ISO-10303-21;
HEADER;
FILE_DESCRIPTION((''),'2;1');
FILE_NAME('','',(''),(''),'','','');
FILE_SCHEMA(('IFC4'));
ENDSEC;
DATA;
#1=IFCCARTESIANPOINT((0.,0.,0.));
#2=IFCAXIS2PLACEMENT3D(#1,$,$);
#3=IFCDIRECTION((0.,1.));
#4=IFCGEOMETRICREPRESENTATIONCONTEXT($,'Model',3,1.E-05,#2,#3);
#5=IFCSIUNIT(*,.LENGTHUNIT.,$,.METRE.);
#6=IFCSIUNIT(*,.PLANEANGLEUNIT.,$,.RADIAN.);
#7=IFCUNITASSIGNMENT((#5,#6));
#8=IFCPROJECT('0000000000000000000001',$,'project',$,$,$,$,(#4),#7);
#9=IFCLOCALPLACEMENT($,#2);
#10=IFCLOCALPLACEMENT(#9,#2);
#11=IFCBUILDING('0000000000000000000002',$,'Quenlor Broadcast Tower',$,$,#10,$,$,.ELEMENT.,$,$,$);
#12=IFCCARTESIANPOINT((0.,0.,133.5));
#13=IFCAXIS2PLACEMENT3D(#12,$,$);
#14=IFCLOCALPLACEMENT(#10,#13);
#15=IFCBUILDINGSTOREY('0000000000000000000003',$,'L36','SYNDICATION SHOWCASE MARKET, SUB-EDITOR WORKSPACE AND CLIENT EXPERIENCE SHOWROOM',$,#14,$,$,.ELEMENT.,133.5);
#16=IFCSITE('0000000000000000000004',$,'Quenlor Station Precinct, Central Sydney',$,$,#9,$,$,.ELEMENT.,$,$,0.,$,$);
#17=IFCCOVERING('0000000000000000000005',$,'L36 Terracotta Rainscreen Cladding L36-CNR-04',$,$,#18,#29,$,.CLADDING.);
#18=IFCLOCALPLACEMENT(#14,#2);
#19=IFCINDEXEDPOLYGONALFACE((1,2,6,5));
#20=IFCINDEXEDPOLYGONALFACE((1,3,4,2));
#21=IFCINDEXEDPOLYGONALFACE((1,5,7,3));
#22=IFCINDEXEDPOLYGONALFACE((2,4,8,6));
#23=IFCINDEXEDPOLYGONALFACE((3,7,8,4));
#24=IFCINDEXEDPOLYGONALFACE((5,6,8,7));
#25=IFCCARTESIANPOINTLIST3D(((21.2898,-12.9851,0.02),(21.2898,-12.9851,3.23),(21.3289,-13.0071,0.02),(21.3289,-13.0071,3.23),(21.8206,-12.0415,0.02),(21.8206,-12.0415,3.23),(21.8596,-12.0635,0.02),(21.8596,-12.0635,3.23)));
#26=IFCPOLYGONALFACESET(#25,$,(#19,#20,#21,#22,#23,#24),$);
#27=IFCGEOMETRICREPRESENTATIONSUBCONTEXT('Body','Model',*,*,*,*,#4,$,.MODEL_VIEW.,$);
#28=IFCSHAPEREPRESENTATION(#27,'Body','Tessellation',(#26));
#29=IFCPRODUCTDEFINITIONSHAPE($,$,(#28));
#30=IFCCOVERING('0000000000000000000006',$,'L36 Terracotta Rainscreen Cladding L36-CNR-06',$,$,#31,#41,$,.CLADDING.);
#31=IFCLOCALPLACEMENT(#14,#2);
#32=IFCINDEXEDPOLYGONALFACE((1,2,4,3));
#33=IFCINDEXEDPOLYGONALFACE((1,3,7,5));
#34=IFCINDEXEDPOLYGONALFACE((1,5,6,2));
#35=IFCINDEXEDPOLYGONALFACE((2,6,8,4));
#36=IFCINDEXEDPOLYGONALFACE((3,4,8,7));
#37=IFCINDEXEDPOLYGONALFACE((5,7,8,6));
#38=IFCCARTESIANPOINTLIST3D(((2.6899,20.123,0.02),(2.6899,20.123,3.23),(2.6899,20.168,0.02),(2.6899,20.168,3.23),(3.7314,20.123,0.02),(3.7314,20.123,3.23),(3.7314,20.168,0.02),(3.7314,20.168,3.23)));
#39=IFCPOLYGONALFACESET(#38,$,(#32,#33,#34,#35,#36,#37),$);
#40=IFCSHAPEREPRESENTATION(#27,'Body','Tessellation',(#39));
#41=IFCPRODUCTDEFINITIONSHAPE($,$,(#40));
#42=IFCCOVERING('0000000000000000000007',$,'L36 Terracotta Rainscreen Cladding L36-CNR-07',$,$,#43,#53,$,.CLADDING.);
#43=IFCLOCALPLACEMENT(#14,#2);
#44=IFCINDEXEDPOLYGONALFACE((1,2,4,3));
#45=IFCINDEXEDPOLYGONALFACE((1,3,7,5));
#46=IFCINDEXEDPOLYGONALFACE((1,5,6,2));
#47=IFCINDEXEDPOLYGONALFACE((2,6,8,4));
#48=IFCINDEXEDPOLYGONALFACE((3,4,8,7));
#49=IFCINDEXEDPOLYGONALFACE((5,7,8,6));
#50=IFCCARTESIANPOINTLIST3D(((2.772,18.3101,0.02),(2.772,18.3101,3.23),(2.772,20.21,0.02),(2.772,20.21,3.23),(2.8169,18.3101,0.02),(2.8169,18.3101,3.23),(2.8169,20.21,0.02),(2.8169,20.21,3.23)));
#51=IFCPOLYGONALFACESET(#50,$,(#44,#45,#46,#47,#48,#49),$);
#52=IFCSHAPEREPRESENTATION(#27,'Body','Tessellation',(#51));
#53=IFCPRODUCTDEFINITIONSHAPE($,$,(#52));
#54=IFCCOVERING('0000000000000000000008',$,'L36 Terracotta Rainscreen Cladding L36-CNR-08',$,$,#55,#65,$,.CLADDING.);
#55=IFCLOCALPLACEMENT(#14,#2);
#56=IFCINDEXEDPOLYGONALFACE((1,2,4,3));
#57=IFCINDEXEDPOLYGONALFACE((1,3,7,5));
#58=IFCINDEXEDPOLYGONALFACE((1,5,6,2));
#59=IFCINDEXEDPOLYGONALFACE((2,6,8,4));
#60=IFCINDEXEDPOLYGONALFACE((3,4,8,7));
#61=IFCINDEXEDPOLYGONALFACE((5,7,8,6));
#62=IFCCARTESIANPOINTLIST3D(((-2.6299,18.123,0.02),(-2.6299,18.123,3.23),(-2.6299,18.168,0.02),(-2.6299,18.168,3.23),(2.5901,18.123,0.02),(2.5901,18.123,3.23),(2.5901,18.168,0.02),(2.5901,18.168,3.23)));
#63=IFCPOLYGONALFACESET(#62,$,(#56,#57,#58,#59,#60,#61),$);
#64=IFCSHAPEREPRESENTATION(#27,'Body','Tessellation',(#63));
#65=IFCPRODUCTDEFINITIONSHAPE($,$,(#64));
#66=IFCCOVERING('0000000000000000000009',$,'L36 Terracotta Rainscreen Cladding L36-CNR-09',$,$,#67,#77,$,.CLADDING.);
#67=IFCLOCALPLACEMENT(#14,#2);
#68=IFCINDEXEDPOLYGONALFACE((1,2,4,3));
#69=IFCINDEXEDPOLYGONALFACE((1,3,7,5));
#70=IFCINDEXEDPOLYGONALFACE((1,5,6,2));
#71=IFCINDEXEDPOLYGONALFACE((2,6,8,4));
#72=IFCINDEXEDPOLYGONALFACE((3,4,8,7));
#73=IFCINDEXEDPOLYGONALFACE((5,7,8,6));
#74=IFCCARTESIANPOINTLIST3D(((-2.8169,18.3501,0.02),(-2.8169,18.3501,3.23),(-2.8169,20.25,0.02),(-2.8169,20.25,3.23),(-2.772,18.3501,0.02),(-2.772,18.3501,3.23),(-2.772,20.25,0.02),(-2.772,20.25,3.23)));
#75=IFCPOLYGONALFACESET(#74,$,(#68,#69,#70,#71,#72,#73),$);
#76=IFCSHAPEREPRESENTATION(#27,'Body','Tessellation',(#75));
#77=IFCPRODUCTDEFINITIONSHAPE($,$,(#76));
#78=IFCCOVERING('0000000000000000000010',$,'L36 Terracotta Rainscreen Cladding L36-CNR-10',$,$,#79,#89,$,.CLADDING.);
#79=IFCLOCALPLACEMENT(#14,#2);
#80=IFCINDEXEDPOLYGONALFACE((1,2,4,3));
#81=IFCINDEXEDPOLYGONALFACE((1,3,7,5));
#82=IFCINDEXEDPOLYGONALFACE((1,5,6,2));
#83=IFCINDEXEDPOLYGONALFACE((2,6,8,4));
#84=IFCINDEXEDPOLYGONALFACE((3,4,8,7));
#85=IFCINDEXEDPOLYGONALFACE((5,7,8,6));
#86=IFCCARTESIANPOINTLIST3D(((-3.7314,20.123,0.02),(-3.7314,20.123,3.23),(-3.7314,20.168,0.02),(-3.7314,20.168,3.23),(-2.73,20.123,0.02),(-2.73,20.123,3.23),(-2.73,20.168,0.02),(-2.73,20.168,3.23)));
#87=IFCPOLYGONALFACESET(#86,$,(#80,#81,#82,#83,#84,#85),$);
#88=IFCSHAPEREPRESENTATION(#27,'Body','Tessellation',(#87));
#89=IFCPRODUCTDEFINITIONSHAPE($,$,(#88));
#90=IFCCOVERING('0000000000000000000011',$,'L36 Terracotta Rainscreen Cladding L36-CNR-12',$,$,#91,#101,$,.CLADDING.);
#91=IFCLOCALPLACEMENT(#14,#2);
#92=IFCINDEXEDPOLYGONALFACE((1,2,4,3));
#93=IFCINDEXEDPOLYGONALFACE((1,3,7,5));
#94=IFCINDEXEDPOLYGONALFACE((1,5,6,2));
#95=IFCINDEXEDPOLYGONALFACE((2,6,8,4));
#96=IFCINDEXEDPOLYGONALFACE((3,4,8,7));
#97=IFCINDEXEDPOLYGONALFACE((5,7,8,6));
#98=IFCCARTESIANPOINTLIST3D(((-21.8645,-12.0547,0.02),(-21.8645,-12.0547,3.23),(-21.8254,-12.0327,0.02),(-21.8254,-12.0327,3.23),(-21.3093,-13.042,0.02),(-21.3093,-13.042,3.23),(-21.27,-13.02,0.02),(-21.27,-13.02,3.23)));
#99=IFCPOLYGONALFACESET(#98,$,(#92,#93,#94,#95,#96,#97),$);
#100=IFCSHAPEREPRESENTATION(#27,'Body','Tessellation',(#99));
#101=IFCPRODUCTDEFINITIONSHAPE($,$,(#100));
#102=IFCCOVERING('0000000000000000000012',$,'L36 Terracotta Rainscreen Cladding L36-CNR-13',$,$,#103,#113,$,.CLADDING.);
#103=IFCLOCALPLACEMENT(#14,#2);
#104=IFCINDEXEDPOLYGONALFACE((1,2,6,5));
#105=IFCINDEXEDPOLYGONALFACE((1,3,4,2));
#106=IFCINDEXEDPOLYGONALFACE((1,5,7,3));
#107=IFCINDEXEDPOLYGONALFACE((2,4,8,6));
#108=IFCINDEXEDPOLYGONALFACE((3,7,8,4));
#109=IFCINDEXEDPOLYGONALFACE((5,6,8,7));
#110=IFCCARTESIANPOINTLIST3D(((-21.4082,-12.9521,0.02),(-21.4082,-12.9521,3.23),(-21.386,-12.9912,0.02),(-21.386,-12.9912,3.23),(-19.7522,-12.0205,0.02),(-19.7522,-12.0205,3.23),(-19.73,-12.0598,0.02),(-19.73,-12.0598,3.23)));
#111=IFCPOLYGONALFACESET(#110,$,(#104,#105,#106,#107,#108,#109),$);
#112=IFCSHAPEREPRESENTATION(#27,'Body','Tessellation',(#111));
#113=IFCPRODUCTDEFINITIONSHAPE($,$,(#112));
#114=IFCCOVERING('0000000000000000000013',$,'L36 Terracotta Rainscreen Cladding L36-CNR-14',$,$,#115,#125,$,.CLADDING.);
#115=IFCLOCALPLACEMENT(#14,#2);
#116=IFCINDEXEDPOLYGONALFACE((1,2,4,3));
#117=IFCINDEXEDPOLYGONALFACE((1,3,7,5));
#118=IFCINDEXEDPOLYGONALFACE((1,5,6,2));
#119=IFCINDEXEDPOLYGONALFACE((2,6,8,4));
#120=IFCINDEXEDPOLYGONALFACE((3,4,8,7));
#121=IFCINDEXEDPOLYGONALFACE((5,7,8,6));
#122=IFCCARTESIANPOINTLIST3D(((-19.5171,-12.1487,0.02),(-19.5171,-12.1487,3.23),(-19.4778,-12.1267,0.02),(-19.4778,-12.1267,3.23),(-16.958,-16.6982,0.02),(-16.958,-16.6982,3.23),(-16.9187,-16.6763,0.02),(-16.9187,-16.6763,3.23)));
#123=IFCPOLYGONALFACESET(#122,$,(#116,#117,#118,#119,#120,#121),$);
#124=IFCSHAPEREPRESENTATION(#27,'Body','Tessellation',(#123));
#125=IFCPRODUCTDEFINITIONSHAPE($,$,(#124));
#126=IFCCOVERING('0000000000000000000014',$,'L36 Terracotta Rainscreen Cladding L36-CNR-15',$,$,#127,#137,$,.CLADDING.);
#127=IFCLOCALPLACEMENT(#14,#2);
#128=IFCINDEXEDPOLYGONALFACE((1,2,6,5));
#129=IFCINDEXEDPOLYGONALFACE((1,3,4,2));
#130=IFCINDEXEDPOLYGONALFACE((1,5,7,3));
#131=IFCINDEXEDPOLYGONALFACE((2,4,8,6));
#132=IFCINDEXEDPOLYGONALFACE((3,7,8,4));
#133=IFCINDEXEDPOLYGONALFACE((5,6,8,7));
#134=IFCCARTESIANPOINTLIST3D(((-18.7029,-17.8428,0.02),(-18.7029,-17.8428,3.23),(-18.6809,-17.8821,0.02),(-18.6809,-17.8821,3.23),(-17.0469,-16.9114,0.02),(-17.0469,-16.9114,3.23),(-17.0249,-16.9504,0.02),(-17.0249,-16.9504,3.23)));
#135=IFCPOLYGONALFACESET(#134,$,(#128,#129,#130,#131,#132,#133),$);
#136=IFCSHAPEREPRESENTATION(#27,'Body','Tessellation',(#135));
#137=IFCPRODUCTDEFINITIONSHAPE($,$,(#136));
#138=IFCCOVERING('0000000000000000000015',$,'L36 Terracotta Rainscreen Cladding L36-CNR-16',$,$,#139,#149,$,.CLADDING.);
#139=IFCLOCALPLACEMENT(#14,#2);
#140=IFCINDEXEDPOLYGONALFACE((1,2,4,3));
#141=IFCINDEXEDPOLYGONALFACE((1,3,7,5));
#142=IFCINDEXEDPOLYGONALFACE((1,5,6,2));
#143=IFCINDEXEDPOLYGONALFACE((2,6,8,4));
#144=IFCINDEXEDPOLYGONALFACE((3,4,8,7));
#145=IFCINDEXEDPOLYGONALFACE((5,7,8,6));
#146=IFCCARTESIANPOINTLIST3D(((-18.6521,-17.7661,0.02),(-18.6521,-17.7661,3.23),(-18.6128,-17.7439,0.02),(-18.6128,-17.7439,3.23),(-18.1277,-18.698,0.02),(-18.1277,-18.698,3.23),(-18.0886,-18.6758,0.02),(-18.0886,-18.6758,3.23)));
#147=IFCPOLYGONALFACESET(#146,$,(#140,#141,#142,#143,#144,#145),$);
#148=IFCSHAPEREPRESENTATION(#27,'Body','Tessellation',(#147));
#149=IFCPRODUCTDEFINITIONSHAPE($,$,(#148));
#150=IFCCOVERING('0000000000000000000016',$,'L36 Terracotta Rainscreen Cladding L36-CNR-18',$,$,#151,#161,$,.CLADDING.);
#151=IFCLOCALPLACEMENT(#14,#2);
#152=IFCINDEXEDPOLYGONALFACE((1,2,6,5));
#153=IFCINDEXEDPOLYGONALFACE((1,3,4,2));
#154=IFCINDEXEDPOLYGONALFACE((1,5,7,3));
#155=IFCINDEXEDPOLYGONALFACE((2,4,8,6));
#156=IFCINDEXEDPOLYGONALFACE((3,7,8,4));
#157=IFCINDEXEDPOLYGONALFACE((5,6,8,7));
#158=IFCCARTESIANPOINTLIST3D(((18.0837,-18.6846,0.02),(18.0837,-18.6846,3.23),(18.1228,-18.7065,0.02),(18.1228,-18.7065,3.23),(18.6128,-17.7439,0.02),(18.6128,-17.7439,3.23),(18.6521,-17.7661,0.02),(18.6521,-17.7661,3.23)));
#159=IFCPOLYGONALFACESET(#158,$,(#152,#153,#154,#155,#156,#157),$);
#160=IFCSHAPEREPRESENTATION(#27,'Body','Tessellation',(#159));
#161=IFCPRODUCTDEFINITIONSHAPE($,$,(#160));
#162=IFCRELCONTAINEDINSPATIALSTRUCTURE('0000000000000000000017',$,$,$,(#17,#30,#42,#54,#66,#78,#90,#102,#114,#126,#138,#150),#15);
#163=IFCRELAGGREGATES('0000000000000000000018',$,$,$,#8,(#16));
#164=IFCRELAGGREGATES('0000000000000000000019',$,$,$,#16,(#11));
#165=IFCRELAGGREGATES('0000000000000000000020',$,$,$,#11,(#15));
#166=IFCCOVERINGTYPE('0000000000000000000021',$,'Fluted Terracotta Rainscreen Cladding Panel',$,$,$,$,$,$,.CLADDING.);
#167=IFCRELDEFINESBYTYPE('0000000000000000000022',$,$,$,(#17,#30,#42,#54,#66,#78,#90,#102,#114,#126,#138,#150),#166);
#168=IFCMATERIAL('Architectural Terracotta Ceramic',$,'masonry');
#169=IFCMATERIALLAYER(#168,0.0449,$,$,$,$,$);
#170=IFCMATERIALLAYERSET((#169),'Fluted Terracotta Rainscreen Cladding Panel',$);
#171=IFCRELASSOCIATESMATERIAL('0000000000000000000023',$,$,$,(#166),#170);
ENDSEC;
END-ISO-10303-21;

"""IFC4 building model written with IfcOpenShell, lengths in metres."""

from ifc_helpers import new_model, si_unit, direction, frame, origin, place, context, subcontext, project, spatial, polyline, outline, extrude, material, layer, layer_set, type_object, element, save


model = new_model("IFC4")

# Units and contexts
model_context = context("Model", 3, precision=1e-05, world=origin(), true_north=direction((0.0, 1.0)))
body_context = subcontext(model_context, "Body", "Model", "MODEL_VIEW")
ifc_project = project(units=[si_unit("LENGTHUNIT", "METRE"), si_unit("PLANEANGLEUNIT", "RADIAN")], contexts=[model_context])

# Site, building, storey
site_placement = place(None, origin())
site = spatial("IfcSite", under=ifc_project, at=site_placement, Name="Quenlor Station Precinct, Central Sydney", CompositionType="ELEMENT", RefElevation=0.0)
building_placement = place(site_placement, origin())
building = spatial("IfcBuilding", under=site, at=building_placement, Name="Quenlor Broadcast Tower", CompositionType="ELEMENT")
storey_placement = place(building_placement, frame((0.0, 0.0, 133.5)))
storey = spatial("IfcBuildingStorey", under=building, at=storey_placement, Name="L36", Description="SYNDICATION SHOWCASE MARKET, SUB-EDITOR WORKSPACE AND CLIENT EXPERIENCE SHOWROOM", CompositionType="ELEMENT", Elevation=133.5)

# Coverings
ifc_material_1 = material(Name="Architectural Terracotta Ceramic", Category="masonry")
ifc_layer_1 = layer(ifc_material_1, 0.0449)
ifc_layer_set_1 = layer_set([ifc_layer_1], Name="Fluted Terracotta Rainscreen Cladding Panel")
covering_type_1 = type_object("IfcCoveringType", Name="Fluted Terracotta Rainscreen Cladding Panel", PredefinedType="CLADDING", material=ifc_layer_set_1)
covering_1_placement = place(storey_placement, frame((0.0, 0.0, 0.02)))
element("IfcCovering", 1, at=covering_1_placement, inside=storey, type_object=covering_type_1, Name="L36 Terracotta Rainscreen Cladding L36-CNR-04", PredefinedType="CLADDING", context=body_context, shape_type="SweptSolid", body=[
    extrude(outline(polyline([(21.3289, -13.0071), (21.8596, -12.0635), (21.8206, -12.0415), (21.2898, -12.9851), (21.3289, -13.0071)])), origin(), (0.0, 0.0, 1.0), 3.21),
])
covering_2_placement = place(storey_placement, frame((0.0, 0.0, 0.02)))
element("IfcCovering", 2, at=covering_2_placement, inside=storey, type_object=covering_type_1, Name="L36 Terracotta Rainscreen Cladding L36-CNR-06", PredefinedType="CLADDING", context=body_context, shape_type="SweptSolid", body=[
    extrude(outline(polyline([(3.7314, 20.168), (2.6899, 20.168), (2.6899, 20.123), (3.7314, 20.123), (3.7314, 20.168)])), origin(), (0.0, 0.0, 1.0), 3.21),
])
covering_3_placement = place(storey_placement, frame((0.0, 0.0, 0.02)))
element("IfcCovering", 3, at=covering_3_placement, inside=storey, type_object=covering_type_1, Name="L36 Terracotta Rainscreen Cladding L36-CNR-07", PredefinedType="CLADDING", context=body_context, shape_type="SweptSolid", body=[
    extrude(outline(polyline([(2.772, 20.21), (2.772, 18.3101), (2.8169, 18.3101), (2.8169, 20.21), (2.772, 20.21)])), origin(), (0.0, 0.0, 1.0), 3.21),
])
covering_4_placement = place(storey_placement, frame((0.0, 0.0, 0.02)))
element("IfcCovering", 4, at=covering_4_placement, inside=storey, type_object=covering_type_1, Name="L36 Terracotta Rainscreen Cladding L36-CNR-08", PredefinedType="CLADDING", context=body_context, shape_type="SweptSolid", body=[
    extrude(outline(polyline([(2.5901, 18.168), (-2.6299, 18.168), (-2.6299, 18.123), (2.5901, 18.123), (2.5901, 18.168)])), origin(), (0.0, 0.0, 1.0), 3.21),
])
covering_5_placement = place(storey_placement, frame((0.0, 0.0, 0.02)))
element("IfcCovering", 5, at=covering_5_placement, inside=storey, type_object=covering_type_1, Name="L36 Terracotta Rainscreen Cladding L36-CNR-09", PredefinedType="CLADDING", context=body_context, shape_type="SweptSolid", body=[
    extrude(outline(polyline([(-2.772, 18.3501), (-2.772, 20.25), (-2.8169, 20.25), (-2.8169, 18.3501), (-2.772, 18.3501)])), origin(), (0.0, 0.0, 1.0), 3.21),
])
covering_6_placement = place(storey_placement, frame((0.0, 0.0, 0.02)))
element("IfcCovering", 6, at=covering_6_placement, inside=storey, type_object=covering_type_1, Name="L36 Terracotta Rainscreen Cladding L36-CNR-10", PredefinedType="CLADDING", context=body_context, shape_type="SweptSolid", body=[
    extrude(outline(polyline([(-2.73, 20.168), (-3.7314, 20.168), (-3.7314, 20.123), (-2.73, 20.123), (-2.73, 20.168)])), origin(), (0.0, 0.0, 1.0), 3.21),
])
covering_7_placement = place(storey_placement, frame((0.0, 0.0, 0.02)))
element("IfcCovering", 7, at=covering_7_placement, inside=storey, type_object=covering_type_1, Name="L36 Terracotta Rainscreen Cladding L36-CNR-12", PredefinedType="CLADDING", context=body_context, shape_type="SweptSolid", body=[
    extrude(outline(polyline([(-21.8645, -12.0547), (-21.3093, -13.042), (-21.27, -13.02), (-21.8254, -12.0327), (-21.8645, -12.0547)])), origin(), (0.0, 0.0, 1.0), 3.21),
])
covering_8_placement = place(storey_placement, frame((0.0, 0.0, 0.02)))
element("IfcCovering", 8, at=covering_8_placement, inside=storey, type_object=covering_type_1, Name="L36 Terracotta Rainscreen Cladding L36-CNR-13", PredefinedType="CLADDING", context=body_context, shape_type="SweptSolid", body=[
    extrude(outline(polyline([(-21.386, -12.9912), (-19.73, -12.0598), (-19.7522, -12.0205), (-21.4082, -12.9521), (-21.386, -12.9912)])), origin(), (0.0, 0.0, 1.0), 3.21),
])
covering_9_placement = place(storey_placement, frame((0.0, 0.0, 0.02)))
element("IfcCovering", 9, at=covering_9_placement, inside=storey, type_object=covering_type_1, Name="L36 Terracotta Rainscreen Cladding L36-CNR-14", PredefinedType="CLADDING", context=body_context, shape_type="SweptSolid", body=[
    extrude(outline(polyline([(-19.5171, -12.1487), (-16.958, -16.6982), (-16.9187, -16.6763), (-19.4778, -12.1267), (-19.5171, -12.1487)])), origin(), (0.0, 0.0, 1.0), 3.21),
])
covering_10_placement = place(storey_placement, frame((0.0, 0.0, 0.02)))
element("IfcCovering", 10, at=covering_10_placement, inside=storey, type_object=covering_type_1, Name="L36 Terracotta Rainscreen Cladding L36-CNR-15", PredefinedType="CLADDING", context=body_context, shape_type="SweptSolid", body=[
    extrude(outline(polyline([(-17.0469, -16.9114), (-18.7029, -17.8428), (-18.6809, -17.8821), (-17.0249, -16.9504), (-17.0469, -16.9114)])), origin(), (0.0, 0.0, 1.0), 3.21),
])
covering_11_placement = place(storey_placement, frame((0.0, 0.0, 0.02)))
element("IfcCovering", 11, at=covering_11_placement, inside=storey, type_object=covering_type_1, Name="L36 Terracotta Rainscreen Cladding L36-CNR-16", PredefinedType="CLADDING", context=body_context, shape_type="SweptSolid", body=[
    extrude(outline(polyline([(-18.6521, -17.7661), (-18.1277, -18.698), (-18.0886, -18.6758), (-18.6128, -17.7439), (-18.6521, -17.7661)])), origin(), (0.0, 0.0, 1.0), 3.21),
])
covering_12_placement = place(storey_placement, frame((0.0, 0.0, 0.02)))
element("IfcCovering", 12, at=covering_12_placement, inside=storey, type_object=covering_type_1, Name="L36 Terracotta Rainscreen Cladding L36-CNR-18", PredefinedType="CLADDING", context=body_context, shape_type="SweptSolid", body=[
    extrude(outline(polyline([(18.1228, -18.7065), (18.6521, -17.7661), (18.6128, -17.7439), (18.0837, -18.6846), (18.1228, -18.7065)])), origin(), (0.0, 0.0, 1.0), 3.21),
])

save(model, "model.ifc")
